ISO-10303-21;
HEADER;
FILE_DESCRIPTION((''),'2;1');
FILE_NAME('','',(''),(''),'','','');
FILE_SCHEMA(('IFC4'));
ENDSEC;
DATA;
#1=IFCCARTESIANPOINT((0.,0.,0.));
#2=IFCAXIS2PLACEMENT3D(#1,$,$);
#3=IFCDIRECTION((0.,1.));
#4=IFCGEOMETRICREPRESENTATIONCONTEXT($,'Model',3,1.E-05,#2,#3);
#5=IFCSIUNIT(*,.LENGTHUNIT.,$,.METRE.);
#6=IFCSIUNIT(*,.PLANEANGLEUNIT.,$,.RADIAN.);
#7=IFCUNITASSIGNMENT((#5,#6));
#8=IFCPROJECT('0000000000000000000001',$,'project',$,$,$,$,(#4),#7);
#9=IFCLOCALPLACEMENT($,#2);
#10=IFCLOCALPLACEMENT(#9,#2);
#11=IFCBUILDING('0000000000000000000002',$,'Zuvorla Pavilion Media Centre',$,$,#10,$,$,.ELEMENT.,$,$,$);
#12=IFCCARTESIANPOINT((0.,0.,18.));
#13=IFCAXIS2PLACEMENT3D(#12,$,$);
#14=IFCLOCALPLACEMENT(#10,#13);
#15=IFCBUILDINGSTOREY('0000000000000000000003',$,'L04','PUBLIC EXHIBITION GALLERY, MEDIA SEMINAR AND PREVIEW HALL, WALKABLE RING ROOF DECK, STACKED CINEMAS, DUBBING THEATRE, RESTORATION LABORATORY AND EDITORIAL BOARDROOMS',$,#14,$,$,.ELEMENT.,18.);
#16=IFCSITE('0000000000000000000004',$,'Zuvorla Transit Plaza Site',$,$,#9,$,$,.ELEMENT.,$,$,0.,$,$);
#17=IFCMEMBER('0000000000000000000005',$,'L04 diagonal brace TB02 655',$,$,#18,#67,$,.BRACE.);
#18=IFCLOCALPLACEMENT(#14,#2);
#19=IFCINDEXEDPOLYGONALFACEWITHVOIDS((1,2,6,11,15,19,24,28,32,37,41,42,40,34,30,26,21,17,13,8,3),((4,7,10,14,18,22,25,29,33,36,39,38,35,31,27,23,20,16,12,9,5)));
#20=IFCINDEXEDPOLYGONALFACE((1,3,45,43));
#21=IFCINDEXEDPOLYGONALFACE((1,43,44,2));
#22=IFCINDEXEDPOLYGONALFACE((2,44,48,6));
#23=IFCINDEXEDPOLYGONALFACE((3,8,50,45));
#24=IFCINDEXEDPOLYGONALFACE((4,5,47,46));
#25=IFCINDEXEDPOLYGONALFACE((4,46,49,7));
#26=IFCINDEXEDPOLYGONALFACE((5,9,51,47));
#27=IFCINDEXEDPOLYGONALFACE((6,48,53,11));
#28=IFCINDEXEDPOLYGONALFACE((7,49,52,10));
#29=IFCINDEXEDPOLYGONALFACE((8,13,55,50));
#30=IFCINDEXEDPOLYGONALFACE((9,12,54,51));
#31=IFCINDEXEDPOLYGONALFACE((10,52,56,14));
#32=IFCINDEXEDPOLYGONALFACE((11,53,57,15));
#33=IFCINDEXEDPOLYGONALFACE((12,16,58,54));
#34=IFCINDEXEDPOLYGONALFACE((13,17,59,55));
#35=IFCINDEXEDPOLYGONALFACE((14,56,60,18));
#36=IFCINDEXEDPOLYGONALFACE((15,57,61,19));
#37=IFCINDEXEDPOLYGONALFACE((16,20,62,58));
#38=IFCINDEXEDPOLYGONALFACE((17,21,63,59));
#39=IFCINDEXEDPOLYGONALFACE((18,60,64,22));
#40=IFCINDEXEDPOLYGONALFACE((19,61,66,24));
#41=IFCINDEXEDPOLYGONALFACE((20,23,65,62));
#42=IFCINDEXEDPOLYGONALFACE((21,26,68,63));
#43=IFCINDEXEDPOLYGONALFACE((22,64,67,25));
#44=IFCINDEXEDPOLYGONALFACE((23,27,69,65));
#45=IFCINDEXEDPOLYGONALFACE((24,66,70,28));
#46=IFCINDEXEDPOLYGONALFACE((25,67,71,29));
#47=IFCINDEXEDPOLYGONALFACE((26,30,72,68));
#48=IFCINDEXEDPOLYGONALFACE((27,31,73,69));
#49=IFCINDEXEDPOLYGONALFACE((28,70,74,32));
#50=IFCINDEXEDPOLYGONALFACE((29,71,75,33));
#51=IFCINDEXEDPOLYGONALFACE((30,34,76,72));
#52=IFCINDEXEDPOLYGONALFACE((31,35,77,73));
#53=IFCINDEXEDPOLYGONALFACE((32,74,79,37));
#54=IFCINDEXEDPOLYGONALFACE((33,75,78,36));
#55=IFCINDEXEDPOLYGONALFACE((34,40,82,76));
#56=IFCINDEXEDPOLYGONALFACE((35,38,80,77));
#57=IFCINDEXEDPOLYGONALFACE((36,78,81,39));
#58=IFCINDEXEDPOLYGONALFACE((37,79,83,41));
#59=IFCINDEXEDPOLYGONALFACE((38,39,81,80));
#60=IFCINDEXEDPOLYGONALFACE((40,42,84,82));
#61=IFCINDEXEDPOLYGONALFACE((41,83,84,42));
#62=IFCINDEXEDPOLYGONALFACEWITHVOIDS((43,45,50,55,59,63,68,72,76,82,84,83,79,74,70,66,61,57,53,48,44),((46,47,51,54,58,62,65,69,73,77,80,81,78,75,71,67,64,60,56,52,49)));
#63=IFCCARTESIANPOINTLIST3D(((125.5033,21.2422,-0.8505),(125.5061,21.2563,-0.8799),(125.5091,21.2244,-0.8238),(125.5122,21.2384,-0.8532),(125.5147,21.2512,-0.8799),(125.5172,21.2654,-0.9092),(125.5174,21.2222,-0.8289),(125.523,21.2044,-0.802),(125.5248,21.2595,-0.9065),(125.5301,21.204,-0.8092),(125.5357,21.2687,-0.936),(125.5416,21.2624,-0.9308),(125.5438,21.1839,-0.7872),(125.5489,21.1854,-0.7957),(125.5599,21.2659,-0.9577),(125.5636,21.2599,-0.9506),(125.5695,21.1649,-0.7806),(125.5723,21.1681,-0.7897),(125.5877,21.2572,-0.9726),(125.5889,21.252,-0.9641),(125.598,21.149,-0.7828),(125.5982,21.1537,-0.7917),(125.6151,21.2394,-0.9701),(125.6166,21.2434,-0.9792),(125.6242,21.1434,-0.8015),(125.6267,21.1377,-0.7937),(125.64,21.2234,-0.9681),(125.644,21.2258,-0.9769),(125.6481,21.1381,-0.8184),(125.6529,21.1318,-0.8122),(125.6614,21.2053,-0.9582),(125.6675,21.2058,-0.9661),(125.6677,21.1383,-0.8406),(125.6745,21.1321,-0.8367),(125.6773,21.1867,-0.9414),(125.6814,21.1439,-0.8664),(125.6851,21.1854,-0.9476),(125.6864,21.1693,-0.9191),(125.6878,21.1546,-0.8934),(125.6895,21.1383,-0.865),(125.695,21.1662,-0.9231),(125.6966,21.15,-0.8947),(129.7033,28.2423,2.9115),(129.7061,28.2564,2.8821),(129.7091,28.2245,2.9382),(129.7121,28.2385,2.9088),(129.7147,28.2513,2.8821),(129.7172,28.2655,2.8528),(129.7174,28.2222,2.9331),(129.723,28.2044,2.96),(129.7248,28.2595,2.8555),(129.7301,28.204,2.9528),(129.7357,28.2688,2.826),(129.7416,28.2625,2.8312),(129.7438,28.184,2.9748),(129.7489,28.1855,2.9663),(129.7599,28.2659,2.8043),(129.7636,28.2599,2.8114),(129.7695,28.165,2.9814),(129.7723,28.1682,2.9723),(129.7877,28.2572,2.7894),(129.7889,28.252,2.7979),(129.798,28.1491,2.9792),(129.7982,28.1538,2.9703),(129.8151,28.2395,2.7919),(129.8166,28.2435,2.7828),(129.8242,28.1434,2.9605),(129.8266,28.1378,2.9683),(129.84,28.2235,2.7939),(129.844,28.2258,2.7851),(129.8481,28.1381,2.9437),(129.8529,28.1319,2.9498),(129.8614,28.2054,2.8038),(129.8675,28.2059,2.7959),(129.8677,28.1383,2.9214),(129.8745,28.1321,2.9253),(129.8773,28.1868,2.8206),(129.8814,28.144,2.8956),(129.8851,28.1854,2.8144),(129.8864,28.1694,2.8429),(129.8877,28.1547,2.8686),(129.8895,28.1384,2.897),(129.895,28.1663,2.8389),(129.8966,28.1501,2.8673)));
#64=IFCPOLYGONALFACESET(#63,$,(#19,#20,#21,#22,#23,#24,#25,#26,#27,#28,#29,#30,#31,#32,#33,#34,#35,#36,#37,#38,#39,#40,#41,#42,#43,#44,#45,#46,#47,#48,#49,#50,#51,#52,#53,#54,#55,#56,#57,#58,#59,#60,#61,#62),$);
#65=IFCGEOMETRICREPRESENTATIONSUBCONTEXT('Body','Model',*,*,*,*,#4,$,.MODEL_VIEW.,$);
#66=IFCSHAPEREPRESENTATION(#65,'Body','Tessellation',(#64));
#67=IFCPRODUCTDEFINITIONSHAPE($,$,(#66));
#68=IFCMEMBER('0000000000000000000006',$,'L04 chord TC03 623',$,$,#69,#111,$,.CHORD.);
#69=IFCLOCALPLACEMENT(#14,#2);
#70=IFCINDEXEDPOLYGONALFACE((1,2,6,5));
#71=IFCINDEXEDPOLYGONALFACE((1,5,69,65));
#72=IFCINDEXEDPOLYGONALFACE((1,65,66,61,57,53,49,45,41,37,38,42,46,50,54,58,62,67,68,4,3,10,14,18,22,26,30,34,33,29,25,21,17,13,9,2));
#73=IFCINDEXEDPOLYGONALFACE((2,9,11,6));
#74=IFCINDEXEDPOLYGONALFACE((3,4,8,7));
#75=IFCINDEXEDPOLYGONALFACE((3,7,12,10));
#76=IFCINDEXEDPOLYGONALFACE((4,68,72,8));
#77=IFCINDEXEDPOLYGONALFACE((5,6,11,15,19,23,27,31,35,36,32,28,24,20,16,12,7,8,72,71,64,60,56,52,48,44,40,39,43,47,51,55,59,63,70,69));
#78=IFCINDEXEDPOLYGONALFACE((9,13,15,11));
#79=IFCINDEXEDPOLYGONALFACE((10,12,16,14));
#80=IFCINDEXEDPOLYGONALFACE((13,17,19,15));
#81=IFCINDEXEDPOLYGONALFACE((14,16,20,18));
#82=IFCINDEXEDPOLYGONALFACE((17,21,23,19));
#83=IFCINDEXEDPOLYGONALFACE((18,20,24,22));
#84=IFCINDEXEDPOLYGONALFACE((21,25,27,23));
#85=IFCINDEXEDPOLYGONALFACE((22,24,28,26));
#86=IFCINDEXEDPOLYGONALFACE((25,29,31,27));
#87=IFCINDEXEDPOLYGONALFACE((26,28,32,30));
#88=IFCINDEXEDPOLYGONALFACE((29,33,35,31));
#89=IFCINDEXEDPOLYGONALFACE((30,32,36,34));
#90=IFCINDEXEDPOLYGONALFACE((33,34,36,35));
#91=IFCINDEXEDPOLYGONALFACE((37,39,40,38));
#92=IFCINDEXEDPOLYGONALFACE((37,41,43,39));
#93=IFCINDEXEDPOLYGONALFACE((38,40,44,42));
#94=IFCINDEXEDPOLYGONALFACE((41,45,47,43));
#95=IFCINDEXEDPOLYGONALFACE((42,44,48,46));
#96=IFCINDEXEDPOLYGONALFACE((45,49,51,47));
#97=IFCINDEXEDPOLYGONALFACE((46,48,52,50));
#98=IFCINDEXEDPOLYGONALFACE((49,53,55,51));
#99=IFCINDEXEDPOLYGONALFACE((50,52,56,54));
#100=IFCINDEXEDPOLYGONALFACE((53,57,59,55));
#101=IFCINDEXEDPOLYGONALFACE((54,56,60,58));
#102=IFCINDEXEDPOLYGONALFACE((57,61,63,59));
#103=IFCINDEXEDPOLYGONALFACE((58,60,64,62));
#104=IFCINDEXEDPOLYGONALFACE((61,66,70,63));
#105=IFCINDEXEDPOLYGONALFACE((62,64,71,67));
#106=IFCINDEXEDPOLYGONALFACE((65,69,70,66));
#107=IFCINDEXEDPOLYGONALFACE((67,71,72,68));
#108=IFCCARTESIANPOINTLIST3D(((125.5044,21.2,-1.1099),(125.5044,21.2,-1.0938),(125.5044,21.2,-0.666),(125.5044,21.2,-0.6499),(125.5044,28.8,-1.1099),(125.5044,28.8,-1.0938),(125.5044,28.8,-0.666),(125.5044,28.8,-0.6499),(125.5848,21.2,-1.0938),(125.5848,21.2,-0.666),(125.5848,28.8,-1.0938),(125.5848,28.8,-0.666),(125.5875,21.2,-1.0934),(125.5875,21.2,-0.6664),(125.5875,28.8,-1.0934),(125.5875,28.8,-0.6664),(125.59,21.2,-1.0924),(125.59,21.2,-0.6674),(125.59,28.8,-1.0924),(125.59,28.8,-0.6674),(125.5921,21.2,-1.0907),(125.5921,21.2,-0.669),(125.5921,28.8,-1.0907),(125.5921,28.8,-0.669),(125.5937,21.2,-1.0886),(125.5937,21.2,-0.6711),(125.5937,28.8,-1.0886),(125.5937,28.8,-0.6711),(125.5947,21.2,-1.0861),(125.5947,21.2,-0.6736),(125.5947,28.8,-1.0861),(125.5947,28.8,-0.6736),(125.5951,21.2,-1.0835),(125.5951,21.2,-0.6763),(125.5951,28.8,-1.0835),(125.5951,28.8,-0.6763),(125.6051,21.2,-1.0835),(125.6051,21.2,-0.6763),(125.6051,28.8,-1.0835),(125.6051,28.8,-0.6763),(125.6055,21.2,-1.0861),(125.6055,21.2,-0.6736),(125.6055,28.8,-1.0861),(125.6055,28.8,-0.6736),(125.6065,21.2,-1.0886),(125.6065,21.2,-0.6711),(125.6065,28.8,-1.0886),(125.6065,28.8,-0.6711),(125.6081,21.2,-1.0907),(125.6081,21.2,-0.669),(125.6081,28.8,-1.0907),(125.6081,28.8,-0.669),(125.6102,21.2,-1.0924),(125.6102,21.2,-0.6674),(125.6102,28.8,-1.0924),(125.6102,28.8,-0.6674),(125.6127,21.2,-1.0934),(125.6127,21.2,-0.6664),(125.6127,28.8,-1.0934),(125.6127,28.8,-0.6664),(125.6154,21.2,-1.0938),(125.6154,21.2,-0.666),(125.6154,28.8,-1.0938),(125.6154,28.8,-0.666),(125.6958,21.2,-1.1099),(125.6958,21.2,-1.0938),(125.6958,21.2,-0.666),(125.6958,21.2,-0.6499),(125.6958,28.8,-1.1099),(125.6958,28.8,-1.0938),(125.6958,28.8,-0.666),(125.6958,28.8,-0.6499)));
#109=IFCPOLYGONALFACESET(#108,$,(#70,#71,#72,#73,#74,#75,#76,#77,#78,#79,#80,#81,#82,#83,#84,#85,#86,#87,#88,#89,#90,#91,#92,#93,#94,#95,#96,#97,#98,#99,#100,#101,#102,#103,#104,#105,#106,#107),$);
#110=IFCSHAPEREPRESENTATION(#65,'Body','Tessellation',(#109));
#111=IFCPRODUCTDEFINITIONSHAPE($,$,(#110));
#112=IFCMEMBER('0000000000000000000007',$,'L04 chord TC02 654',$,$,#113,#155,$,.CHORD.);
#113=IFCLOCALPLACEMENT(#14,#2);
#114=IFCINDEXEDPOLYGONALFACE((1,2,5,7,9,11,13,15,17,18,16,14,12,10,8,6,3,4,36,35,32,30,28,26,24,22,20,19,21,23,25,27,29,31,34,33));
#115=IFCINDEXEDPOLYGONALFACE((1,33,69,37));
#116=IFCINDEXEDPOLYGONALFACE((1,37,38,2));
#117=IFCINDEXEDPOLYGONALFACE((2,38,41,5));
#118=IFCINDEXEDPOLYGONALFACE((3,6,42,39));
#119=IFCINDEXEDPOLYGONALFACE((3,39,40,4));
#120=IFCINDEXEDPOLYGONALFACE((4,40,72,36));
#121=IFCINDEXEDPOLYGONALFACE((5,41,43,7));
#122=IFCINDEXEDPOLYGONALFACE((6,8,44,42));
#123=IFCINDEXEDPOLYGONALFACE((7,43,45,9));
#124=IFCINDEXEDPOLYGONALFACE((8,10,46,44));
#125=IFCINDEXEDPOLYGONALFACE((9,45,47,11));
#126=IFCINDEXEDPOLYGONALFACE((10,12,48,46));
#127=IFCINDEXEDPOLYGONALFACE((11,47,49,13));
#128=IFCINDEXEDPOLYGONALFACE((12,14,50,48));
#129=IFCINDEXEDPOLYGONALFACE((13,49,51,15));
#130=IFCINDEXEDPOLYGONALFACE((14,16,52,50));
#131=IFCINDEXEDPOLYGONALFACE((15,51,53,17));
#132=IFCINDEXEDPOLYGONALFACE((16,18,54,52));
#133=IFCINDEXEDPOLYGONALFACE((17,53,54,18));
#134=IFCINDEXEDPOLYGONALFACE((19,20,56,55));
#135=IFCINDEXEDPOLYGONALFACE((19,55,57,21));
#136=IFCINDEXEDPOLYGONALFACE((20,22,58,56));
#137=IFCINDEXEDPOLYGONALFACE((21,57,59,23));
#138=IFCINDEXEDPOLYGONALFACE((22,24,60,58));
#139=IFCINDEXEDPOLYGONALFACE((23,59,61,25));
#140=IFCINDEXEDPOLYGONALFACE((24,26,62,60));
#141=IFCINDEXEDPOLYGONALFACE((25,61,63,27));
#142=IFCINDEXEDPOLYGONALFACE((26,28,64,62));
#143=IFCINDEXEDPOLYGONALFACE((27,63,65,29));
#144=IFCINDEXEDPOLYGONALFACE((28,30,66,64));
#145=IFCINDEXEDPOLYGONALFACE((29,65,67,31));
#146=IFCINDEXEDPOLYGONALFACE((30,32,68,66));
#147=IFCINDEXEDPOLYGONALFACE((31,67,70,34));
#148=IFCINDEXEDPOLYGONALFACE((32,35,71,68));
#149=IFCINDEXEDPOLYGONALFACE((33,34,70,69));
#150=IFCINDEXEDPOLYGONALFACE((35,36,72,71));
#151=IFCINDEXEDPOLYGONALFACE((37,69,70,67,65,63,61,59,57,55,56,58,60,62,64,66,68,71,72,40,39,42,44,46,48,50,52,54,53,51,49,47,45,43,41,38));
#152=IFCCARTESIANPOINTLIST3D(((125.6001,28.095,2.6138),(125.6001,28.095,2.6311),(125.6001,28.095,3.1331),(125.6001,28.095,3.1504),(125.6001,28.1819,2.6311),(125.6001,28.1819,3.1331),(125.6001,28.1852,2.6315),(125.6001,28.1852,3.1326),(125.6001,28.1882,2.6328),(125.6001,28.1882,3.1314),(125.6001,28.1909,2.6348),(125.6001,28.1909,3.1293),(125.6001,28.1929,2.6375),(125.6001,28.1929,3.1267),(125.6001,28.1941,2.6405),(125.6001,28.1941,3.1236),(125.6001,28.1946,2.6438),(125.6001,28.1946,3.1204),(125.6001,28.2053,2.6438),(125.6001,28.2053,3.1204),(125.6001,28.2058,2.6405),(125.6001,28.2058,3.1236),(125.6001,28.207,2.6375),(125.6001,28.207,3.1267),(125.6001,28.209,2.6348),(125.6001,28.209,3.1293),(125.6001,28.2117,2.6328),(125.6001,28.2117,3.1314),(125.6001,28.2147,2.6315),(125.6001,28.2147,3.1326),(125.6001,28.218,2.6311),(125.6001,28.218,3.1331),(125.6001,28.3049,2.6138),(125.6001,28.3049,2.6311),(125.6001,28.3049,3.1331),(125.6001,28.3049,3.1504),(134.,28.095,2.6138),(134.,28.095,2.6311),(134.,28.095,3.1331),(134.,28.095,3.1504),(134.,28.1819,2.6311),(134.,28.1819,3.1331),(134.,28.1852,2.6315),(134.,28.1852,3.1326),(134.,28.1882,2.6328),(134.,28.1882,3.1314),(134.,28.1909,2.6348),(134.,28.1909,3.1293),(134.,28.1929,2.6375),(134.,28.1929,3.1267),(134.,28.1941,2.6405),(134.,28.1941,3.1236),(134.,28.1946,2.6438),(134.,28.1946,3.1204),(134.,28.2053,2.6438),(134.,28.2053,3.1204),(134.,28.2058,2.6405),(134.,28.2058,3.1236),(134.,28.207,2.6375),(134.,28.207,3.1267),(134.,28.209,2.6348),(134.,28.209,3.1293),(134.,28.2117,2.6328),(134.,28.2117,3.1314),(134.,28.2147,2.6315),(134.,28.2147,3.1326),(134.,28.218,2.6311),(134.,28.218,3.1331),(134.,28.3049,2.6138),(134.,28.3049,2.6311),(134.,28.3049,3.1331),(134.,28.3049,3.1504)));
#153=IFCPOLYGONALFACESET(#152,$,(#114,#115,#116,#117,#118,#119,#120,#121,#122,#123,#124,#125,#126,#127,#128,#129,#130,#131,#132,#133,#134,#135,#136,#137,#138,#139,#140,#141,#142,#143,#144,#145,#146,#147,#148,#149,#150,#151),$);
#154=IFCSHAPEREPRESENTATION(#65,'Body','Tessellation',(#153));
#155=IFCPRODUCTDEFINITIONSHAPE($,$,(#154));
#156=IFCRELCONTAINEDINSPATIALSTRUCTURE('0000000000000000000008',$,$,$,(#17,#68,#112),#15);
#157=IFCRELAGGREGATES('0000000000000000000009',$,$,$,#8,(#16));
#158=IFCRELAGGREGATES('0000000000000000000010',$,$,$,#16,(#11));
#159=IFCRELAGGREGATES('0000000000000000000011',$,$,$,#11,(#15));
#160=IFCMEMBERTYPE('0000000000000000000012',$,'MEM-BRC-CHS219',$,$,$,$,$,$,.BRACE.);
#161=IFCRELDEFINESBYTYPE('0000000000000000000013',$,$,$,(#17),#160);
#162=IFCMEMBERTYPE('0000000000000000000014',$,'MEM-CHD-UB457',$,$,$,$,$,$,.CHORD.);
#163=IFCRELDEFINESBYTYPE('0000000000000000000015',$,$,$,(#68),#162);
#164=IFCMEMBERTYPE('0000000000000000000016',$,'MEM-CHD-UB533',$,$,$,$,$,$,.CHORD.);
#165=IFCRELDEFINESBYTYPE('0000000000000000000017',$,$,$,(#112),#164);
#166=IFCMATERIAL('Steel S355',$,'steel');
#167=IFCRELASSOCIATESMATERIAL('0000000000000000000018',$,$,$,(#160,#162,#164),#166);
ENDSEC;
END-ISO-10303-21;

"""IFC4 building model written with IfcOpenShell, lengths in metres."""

from ifc_helpers import new_model, si_unit, direction, frame, origin, origin_2d, place, context, subcontext, project, spatial, hollow_circle, i_section, extrude, material, material_profile, profile_set, type_object, element, save


model = new_model("IFC4")

# Units and contexts
model_context = context("Model", 3, precision=1e-05, world=origin(), true_north=direction((0.0, 1.0)))
body_context = subcontext(model_context, "Body", "Model", "MODEL_VIEW")
ifc_project = project(units=[si_unit("LENGTHUNIT", "METRE"), si_unit("PLANEANGLEUNIT", "RADIAN")], contexts=[model_context])

# Site, building, storey
site_placement = place(None, origin())
site = spatial("IfcSite", under=ifc_project, at=site_placement, Name="Zuvorla Transit Plaza Site", CompositionType="ELEMENT", RefElevation=0.0)
building_placement = place(site_placement, origin())
building = spatial("IfcBuilding", under=site, at=building_placement, Name="Zuvorla Pavilion Media Centre", CompositionType="ELEMENT")
storey_placement = place(building_placement, frame((0.0, 0.0, 18.0)))
storey = spatial("IfcBuildingStorey", under=building, at=storey_placement, Name="L04", Description="PUBLIC EXHIBITION GALLERY, MEDIA SEMINAR AND PREVIEW HALL, WALKABLE RING ROOF DECK, STACKED CINEMAS, DUBBING THEATRE, RESTORATION LABORATORY AND EDITORIAL BOARDROOMS", CompositionType="ELEMENT", Elevation=18.0)

# Members
ifc_material_1 = material(Name="Steel S355", Category="steel")
ifc_material_profile_1 = material_profile(ifc_material_1, hollow_circle(Radius=0.1096, WallThickness=0.01, at=origin_2d()), Name="CHS 219.1x10")
ifc_profile_set_1 = profile_set([ifc_material_profile_1], Name="Steel S355")
member_type_1 = type_object("IfcMemberType", Name="MEM-BRC-CHS219", PredefinedType="BRACE", material=ifc_profile_set_1)
member_1_placement = place(storey_placement, frame((125.6001, 21.2, -0.8799), z_axis=(0.467262, 0.778779, 0.418534), x_axis=(-0.857496, 0.514491, 0.0)))
element("IfcMember", 1, at=member_1_placement, inside=storey, type_object=member_type_1, Name="L04 diagonal brace TB02 655", PredefinedType="BRACE", context=body_context, shape_type="SweptSolid", body=[
    extrude(hollow_circle(Radius=0.1096, WallThickness=0.01, at=origin_2d()), origin(), (0.0, 0.0, 1.0), 8.9885),
])
ifc_material_profile_2 = material_profile(ifc_material_1, i_section(OverallWidth=0.1914, OverallDepth=0.46, WebThickness=0.01, FlangeThickness=0.0161, FilletRadius=0.0103, at=origin_2d()), Name="UB 457x191x82")
ifc_profile_set_2 = profile_set([ifc_material_profile_2], Name="Steel S355")
member_type_2 = type_object("IfcMemberType", Name="MEM-CHD-UB457", PredefinedType="CHORD", material=ifc_profile_set_2)
member_2_placement = place(storey_placement, frame((125.6001, 21.2, -0.8799), z_axis=(0.0, 1.0, 0.0), x_axis=(-1.0, 0.0, 0.0)))
element("IfcMember", 2, at=member_2_placement, inside=storey, type_object=member_type_2, Name="L04 chord TC03 623", PredefinedType="CHORD", context=body_context, shape_type="SweptSolid", body=[
    extrude(i_section(OverallWidth=0.1914, OverallDepth=0.46, WebThickness=0.01, FlangeThickness=0.0161, FilletRadius=0.0103, at=origin_2d()), origin(), (0.0, 0.0, 1.0), 7.6001),
])
ifc_material_profile_3 = material_profile(ifc_material_1, i_section(OverallWidth=0.21, OverallDepth=0.5366, WebThickness=0.0107, FlangeThickness=0.0173, FilletRadius=0.0127, at=origin_2d()), Name="UB 533x210x101")
ifc_profile_set_3 = profile_set([ifc_material_profile_3], Name="Steel S355")
member_type_3 = type_object("IfcMemberType", Name="MEM-CHD-UB533", PredefinedType="CHORD", material=ifc_profile_set_3)
member_3_placement = place(storey_placement, frame((125.6001, 28.2, 2.8821), z_axis=(1.0, 0.0, 0.0), x_axis=(0.0, 1.0, 0.0)))
element("IfcMember", 3, at=member_3_placement, inside=storey, type_object=member_type_3, Name="L04 chord TC02 654", PredefinedType="CHORD", context=body_context, shape_type="SweptSolid", body=[
    extrude(i_section(OverallWidth=0.21, OverallDepth=0.5366, WebThickness=0.0107, FlangeThickness=0.0173, FilletRadius=0.0127, at=origin_2d()), origin(), (0.0, 0.0, 1.0), 8.3999),
])

save(model, "model.ifc")
